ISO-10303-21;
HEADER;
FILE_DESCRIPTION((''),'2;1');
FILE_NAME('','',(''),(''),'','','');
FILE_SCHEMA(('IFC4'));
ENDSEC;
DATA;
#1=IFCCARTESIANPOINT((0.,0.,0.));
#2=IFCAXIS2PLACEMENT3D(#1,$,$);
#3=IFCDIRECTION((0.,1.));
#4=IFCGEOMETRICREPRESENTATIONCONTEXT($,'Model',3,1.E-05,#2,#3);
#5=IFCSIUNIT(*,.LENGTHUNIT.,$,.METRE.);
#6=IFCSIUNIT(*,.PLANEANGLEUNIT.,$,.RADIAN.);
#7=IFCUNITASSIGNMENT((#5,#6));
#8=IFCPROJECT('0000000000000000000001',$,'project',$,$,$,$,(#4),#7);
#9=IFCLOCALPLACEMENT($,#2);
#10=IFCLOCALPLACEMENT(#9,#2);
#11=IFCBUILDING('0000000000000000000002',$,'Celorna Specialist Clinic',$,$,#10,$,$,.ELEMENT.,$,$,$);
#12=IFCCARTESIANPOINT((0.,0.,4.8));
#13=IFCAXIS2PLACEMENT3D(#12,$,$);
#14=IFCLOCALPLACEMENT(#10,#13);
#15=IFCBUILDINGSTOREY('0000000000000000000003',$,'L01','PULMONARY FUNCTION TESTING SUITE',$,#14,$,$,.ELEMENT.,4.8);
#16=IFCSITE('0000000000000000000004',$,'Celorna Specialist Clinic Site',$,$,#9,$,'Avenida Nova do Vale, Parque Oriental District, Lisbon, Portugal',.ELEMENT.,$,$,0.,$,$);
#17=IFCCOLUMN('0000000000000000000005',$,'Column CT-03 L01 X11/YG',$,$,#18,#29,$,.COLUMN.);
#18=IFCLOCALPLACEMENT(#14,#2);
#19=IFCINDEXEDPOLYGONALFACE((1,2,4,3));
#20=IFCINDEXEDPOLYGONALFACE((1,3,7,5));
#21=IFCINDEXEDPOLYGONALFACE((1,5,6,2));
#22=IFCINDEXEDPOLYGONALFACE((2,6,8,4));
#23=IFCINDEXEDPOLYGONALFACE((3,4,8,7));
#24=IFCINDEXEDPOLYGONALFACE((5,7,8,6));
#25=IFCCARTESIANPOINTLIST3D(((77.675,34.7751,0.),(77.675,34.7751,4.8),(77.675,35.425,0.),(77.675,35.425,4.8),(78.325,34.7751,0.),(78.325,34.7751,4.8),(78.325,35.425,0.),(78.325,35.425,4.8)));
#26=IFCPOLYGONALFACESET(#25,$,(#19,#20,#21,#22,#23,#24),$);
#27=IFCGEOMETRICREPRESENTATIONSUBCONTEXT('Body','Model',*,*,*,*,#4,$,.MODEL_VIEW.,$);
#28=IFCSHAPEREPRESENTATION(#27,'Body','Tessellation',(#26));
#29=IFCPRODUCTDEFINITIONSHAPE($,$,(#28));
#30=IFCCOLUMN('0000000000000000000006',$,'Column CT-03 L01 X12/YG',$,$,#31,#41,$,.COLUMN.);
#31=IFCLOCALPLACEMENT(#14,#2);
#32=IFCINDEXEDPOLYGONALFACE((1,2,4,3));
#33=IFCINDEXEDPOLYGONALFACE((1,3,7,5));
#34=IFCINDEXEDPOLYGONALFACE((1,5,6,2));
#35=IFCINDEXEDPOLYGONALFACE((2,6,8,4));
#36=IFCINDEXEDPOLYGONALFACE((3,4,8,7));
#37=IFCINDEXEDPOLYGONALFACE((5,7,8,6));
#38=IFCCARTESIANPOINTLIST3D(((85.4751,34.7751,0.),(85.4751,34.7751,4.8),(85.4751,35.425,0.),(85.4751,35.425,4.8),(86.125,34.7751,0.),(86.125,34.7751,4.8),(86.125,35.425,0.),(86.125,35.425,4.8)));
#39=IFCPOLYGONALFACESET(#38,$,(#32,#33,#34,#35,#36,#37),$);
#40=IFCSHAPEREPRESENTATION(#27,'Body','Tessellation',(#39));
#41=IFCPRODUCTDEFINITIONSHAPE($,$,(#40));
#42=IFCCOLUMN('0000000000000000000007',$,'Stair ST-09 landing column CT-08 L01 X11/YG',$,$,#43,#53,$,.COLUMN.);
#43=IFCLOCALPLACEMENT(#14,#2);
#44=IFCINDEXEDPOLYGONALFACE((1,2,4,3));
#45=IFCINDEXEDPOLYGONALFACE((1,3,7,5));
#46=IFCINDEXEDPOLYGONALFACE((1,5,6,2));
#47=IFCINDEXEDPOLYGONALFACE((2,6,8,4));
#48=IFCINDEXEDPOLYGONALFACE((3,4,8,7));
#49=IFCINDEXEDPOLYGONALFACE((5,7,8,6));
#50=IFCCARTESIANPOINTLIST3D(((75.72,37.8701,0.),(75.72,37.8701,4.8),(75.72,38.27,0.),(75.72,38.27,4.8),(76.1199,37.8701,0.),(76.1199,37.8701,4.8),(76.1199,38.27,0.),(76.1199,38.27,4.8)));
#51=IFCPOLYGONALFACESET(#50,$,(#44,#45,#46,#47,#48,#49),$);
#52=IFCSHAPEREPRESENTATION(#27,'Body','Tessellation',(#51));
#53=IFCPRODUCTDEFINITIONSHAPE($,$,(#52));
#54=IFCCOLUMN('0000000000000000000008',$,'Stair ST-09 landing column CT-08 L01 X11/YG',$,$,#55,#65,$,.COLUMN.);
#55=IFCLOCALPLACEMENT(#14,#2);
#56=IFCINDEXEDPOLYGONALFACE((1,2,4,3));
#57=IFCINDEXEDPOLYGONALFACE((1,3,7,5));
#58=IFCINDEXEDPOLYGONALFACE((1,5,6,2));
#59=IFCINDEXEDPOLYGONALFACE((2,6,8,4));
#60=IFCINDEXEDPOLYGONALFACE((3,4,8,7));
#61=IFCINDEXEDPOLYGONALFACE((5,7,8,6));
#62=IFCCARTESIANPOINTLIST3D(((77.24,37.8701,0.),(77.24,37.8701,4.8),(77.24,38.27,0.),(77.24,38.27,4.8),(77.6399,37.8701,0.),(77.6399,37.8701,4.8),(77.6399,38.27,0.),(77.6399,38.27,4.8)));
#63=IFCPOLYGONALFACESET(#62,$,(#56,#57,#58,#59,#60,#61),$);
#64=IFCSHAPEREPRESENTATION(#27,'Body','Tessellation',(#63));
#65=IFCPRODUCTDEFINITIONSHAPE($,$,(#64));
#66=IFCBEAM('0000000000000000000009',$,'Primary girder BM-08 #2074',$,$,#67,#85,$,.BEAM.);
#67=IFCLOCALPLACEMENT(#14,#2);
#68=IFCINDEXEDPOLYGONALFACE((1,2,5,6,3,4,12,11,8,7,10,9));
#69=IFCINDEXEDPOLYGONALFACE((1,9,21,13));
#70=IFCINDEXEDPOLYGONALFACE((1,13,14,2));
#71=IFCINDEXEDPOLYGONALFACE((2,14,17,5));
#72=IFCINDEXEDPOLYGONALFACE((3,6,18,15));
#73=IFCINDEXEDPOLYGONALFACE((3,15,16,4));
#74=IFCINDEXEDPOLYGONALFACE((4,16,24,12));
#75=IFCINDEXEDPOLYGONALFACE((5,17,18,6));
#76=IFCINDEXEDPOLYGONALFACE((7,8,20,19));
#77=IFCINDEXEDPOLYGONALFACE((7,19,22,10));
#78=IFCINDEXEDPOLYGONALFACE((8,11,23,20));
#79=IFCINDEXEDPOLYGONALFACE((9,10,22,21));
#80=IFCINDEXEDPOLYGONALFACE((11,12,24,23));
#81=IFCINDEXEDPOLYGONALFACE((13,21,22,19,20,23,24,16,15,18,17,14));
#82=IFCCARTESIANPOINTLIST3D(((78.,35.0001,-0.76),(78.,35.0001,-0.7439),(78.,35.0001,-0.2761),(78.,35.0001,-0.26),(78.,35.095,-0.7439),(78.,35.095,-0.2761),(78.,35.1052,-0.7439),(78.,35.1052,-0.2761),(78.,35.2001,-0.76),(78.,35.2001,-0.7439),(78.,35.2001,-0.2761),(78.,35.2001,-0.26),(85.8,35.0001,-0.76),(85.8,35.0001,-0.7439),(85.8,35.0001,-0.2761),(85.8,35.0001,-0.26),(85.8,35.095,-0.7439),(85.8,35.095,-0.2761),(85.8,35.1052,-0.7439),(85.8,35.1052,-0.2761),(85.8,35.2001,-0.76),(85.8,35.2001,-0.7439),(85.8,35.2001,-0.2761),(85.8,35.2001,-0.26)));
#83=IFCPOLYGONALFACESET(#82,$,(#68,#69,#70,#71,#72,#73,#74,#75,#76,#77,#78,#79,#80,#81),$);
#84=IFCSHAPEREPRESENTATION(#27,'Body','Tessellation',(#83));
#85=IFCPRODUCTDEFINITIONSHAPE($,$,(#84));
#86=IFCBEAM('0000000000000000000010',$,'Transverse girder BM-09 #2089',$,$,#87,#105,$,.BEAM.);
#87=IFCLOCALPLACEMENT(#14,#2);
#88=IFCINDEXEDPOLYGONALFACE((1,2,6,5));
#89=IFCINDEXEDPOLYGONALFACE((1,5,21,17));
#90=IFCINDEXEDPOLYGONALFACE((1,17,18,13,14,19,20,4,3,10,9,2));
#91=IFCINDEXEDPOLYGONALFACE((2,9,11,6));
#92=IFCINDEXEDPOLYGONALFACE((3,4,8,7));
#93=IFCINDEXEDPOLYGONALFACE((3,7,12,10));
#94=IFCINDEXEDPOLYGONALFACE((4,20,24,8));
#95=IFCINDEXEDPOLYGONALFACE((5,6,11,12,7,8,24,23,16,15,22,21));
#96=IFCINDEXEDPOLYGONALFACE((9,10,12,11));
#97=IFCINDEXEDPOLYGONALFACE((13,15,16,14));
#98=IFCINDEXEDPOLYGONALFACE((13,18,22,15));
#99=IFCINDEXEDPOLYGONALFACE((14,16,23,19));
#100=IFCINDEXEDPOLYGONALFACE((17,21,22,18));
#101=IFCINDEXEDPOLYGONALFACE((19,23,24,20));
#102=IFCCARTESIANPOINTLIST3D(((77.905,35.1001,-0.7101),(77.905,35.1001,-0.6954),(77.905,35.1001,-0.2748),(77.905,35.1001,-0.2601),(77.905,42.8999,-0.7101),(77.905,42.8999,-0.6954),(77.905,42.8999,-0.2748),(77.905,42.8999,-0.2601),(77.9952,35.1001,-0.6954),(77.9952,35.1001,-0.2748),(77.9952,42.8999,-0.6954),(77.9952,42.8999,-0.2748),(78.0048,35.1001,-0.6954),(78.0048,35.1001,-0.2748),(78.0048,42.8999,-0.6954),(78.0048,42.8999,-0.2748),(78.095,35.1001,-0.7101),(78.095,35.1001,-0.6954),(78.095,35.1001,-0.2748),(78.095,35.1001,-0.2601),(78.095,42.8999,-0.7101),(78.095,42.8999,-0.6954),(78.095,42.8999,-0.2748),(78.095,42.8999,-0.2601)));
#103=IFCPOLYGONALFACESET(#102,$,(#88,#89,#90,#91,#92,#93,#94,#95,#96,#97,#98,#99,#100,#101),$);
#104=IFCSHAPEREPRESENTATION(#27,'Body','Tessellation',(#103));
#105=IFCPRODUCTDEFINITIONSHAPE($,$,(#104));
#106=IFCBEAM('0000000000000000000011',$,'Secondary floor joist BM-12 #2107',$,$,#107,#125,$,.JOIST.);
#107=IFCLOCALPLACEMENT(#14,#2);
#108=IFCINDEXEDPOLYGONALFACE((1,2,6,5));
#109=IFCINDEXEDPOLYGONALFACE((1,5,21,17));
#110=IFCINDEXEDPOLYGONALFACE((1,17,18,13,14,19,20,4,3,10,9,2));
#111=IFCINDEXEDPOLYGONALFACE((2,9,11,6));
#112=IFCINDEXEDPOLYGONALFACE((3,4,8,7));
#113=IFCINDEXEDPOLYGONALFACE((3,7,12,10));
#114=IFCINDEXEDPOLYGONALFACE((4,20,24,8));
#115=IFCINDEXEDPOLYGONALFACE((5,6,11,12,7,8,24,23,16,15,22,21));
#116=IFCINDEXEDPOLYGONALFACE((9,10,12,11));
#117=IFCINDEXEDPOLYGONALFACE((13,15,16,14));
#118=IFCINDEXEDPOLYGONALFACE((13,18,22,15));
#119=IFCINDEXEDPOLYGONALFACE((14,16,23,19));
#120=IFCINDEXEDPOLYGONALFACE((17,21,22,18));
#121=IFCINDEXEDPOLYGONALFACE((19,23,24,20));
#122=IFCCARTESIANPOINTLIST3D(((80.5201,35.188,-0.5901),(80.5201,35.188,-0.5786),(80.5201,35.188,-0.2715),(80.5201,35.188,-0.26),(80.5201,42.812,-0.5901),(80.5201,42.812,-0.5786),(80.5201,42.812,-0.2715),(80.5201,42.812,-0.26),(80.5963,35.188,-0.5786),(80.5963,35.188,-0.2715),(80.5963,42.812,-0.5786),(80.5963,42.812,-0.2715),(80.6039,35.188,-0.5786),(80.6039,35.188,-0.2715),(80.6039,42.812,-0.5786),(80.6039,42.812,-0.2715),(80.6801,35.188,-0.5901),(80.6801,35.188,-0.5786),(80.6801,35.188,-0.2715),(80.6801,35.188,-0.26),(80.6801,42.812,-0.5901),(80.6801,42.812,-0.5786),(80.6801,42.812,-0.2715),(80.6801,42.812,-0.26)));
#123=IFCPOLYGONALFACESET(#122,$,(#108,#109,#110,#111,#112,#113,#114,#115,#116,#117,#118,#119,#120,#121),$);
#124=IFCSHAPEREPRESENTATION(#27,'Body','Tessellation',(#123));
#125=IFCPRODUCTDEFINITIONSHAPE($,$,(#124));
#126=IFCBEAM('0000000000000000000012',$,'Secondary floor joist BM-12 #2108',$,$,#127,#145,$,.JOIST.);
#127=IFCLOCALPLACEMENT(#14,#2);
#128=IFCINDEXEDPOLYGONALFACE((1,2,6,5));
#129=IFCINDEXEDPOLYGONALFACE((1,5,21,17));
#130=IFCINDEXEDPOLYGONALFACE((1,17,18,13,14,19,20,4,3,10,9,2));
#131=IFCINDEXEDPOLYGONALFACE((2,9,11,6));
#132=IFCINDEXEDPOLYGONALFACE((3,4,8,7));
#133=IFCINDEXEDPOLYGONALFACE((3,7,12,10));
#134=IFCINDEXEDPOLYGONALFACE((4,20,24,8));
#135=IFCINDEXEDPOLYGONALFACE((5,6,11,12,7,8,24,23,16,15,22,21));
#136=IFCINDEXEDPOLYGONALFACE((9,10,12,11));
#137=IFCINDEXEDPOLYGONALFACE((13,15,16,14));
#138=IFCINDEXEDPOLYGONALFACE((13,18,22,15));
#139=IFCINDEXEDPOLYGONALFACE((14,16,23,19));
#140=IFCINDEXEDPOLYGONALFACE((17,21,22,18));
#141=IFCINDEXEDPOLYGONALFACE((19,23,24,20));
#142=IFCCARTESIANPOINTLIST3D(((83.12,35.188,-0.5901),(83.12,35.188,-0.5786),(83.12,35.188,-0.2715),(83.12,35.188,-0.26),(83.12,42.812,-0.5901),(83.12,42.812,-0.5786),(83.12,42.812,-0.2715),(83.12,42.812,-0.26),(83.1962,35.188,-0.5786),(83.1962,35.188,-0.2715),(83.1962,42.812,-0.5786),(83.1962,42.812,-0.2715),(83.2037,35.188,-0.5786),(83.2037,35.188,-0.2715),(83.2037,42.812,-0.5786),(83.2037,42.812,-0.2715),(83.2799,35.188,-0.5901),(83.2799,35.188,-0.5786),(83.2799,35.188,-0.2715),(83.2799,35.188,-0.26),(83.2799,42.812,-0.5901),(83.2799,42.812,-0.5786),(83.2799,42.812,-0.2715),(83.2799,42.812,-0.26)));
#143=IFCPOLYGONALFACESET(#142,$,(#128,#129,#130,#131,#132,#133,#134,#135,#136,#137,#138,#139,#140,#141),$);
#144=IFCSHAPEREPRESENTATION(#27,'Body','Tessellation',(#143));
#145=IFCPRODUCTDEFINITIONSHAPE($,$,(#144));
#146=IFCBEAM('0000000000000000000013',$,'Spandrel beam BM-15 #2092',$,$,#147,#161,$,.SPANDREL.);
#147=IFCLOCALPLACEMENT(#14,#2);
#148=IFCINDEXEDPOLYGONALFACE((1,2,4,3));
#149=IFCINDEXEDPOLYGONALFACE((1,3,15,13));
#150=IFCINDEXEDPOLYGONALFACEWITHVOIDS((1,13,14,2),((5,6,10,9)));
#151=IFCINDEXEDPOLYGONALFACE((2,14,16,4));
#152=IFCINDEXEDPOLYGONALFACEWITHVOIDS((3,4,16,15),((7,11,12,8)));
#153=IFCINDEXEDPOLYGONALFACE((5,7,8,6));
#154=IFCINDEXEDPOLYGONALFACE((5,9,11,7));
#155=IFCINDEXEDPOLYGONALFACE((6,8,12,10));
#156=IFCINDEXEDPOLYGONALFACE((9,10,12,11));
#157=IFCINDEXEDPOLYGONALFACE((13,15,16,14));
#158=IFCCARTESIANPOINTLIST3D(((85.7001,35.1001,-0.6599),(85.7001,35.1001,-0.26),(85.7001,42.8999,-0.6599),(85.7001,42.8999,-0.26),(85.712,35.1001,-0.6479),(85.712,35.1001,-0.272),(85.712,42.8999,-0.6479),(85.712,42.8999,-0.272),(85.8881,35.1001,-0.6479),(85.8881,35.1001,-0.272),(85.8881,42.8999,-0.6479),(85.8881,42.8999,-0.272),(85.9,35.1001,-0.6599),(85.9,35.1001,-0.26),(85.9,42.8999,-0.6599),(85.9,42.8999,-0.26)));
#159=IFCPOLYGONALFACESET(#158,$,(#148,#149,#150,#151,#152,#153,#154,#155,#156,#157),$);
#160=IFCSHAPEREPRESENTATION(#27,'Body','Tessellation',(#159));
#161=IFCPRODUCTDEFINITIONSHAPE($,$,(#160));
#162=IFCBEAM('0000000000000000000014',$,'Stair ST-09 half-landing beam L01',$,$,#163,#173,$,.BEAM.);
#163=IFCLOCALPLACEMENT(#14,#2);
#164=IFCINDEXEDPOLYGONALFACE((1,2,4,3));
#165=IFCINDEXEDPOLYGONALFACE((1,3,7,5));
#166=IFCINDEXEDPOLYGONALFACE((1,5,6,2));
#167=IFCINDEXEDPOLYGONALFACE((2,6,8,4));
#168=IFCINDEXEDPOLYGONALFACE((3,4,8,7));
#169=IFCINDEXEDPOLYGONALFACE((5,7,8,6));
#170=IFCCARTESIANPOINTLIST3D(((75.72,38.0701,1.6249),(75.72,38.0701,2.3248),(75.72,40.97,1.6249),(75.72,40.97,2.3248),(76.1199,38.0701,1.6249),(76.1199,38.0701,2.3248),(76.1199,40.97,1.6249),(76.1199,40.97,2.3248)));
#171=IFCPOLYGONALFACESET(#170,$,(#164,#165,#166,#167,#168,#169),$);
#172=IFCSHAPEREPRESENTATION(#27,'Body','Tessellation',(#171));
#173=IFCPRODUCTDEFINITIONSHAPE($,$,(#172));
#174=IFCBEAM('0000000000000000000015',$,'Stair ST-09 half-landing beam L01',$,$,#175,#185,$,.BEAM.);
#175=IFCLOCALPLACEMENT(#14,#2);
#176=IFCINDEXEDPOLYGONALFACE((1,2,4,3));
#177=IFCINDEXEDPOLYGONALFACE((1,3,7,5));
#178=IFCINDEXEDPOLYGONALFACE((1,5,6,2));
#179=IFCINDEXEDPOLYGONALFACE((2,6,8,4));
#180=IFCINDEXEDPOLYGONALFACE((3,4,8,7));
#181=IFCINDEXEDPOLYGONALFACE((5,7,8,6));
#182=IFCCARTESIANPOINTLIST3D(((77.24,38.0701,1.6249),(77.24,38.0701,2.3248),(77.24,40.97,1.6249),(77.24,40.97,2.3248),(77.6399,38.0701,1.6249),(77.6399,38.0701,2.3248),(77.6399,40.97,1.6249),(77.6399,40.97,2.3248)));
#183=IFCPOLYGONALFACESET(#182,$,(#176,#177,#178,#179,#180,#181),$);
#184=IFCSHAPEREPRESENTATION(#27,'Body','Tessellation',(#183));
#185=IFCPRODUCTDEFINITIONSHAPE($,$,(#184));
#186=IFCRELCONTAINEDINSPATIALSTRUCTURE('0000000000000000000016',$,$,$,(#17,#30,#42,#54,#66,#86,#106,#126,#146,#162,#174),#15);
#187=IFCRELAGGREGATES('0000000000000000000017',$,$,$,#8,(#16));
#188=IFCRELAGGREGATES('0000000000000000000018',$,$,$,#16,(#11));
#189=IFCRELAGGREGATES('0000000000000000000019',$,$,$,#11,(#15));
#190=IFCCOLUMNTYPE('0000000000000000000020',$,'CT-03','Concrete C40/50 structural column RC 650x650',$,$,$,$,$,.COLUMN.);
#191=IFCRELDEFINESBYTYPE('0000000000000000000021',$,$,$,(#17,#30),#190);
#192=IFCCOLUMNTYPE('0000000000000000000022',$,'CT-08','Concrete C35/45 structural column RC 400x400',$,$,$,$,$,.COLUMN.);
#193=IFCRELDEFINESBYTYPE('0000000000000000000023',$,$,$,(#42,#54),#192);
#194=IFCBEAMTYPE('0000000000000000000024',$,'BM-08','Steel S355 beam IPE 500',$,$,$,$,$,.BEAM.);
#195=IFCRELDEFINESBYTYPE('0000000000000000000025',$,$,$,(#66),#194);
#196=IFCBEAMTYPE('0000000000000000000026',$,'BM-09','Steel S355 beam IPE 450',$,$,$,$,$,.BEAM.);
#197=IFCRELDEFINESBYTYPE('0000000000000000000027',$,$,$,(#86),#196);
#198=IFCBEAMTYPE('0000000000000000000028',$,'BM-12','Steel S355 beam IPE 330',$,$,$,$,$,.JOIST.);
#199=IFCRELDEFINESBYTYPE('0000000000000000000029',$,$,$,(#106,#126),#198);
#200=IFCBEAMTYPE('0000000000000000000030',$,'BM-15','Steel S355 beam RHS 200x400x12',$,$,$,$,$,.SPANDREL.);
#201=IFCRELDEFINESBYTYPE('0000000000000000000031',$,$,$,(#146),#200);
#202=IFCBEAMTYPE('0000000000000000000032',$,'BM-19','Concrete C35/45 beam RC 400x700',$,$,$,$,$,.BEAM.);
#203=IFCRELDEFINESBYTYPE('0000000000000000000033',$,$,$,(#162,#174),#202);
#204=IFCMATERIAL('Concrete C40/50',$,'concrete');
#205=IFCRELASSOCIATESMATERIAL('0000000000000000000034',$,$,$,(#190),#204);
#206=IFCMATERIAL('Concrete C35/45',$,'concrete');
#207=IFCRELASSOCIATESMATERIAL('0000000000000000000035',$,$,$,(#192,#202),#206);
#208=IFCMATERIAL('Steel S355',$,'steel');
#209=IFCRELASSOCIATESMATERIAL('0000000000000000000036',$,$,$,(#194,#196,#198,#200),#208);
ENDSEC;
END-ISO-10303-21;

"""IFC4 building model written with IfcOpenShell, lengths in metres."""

from ifc_helpers import new_model, si_unit, direction, frame, origin, origin_2d, place, context, subcontext, project, spatial, rectangle, hollow_rectangle, i_section, extrude, material, material_profile, profile_set, type_object, element, save


model = new_model("IFC4")

# Units and contexts
model_context = context("Model", 3, precision=1e-05, world=origin(), true_north=direction((0.0, 1.0)))
body_context = subcontext(model_context, "Body", "Model", "MODEL_VIEW")
ifc_project = project(units=[si_unit("LENGTHUNIT", "METRE"), si_unit("PLANEANGLEUNIT", "RADIAN")], contexts=[model_context])

# Site, building, storey
site_placement = place(None, origin())
site = spatial("IfcSite", under=ifc_project, at=site_placement, Name="Celorna Specialist Clinic Site", LongName="Avenida Nova do Vale, Parque Oriental District, Lisbon, Portugal", CompositionType="ELEMENT", RefElevation=0.0)
building_placement = place(site_placement, origin())
building = spatial("IfcBuilding", under=site, at=building_placement, Name="Celorna Specialist Clinic", CompositionType="ELEMENT")
storey_placement = place(building_placement, frame((0.0, 0.0, 4.8)))
storey = spatial("IfcBuildingStorey", under=building, at=storey_placement, Name="L01", Description="PULMONARY FUNCTION TESTING SUITE", CompositionType="ELEMENT", Elevation=4.8)

# Columns
ifc_material_1 = material(Name="Concrete C40/50", Category="concrete")
ifc_material_profile_1 = material_profile(ifc_material_1, rectangle(XDim=0.6499, YDim=0.6499, at=origin_2d()), Name="RC 650x650")
ifc_profile_set_1 = profile_set([ifc_material_profile_1], Name="Concrete C40/50")
column_type_1 = type_object("IfcColumnType", Name="CT-03", Description="Concrete C40/50 structural column RC 650x650", PredefinedType="COLUMN", material=ifc_profile_set_1)
for number, where, z_axis, x_axis, name in (
    (1, (78.0, 35.1001, 0.0), (0.0, 0.0, 1.0), (1.0, 0.0, 0.0), "Column CT-03 L01 X11/YG"),
    (2, (85.8, 35.1001, 0.0), (0.0, 0.0, 1.0), (1.0, 0.0, 0.0), "Column CT-03 L01 X12/YG"),
):
    element("IfcColumn", number, at=place(storey_placement, frame(where, z_axis=z_axis, x_axis=x_axis)), inside=storey, type_object=column_type_1, Name=name, PredefinedType="COLUMN", context=body_context, shape_type="SweptSolid", body=[
        extrude(rectangle(XDim=0.6499, YDim=0.6499, at=origin_2d()), origin(), (0.0, 0.0, 1.0), 4.8),
    ])
ifc_material_2 = material(Name="Concrete C35/45", Category="concrete")
ifc_material_profile_2 = material_profile(ifc_material_2, rectangle(XDim=0.3999, YDim=0.3999, at=origin_2d()), Name="RC 400x400")
ifc_profile_set_2 = profile_set([ifc_material_profile_2], Name="Concrete C35/45")
column_type_2 = type_object("IfcColumnType", Name="CT-08", Description="Concrete C35/45 structural column RC 400x400", PredefinedType="COLUMN", material=ifc_profile_set_2)
for number, where, z_axis, x_axis, name in (
    (3, (75.9199, 38.0701, 0.0), (0.0, 0.0, 1.0), (1.0, 0.0, 0.0), "Stair ST-09 landing column CT-08 L01 X11/YG"),
    (4, (77.4399, 38.0701, 0.0), (0.0, 0.0, 1.0), (1.0, 0.0, 0.0), "Stair ST-09 landing column CT-08 L01 X11/YG"),
):
    element("IfcColumn", number, at=place(storey_placement, frame(where, z_axis=z_axis, x_axis=x_axis)), inside=storey, type_object=column_type_2, Name=name, PredefinedType="COLUMN", context=body_context, shape_type="SweptSolid", body=[
        extrude(rectangle(XDim=0.3999, YDim=0.3999, at=origin_2d()), origin(), (0.0, 0.0, 1.0), 4.8),
    ])

# Beams
ifc_material_3 = material(Name="Steel S355", Category="steel")
ifc_material_profile_3 = material_profile(ifc_material_3, i_section(OverallWidth=0.2, OverallDepth=0.5, WebThickness=0.0103, FlangeThickness=0.0161, at=origin_2d()), Name="IPE 500")
ifc_profile_set_3 = profile_set([ifc_material_profile_3], Name="Steel S355")
beam_type_1 = type_object("IfcBeamType", Name="BM-08", Description="Steel S355 beam IPE 500", PredefinedType="BEAM", material=ifc_profile_set_3)
beam_1_placement = place(storey_placement, frame((78.0, 35.1001, -0.51), z_axis=(1.0, 0.0, 0.0), x_axis=(0.0, 1.0, 0.0)))
element("IfcBeam", 5, at=beam_1_placement, inside=storey, type_object=beam_type_1, Name="Primary girder BM-08 #2074", PredefinedType="BEAM", context=body_context, shape_type="SweptSolid", body=[
    extrude(i_section(OverallWidth=0.2, OverallDepth=0.5, WebThickness=0.0103, FlangeThickness=0.0161, at=origin_2d()), origin(), (0.0, 0.0, 1.0), 7.8),
])
ifc_material_profile_4 = material_profile(ifc_material_3, i_section(OverallWidth=0.1899, OverallDepth=0.45, WebThickness=0.0095, FlangeThickness=0.0146, at=origin_2d()), Name="IPE 450")
ifc_profile_set_4 = profile_set([ifc_material_profile_4], Name="Steel S355")
beam_type_2 = type_object("IfcBeamType", Name="BM-09", Description="Steel S355 beam IPE 450", PredefinedType="BEAM", material=ifc_profile_set_4)
beam_2_placement = place(storey_placement, frame((78.0, 35.1001, -0.4851), z_axis=(0.0, 1.0, 0.0), x_axis=(-1.0, 0.0, 0.0)))
element("IfcBeam", 6, at=beam_2_placement, inside=storey, type_object=beam_type_2, Name="Transverse girder BM-09 #2089", PredefinedType="BEAM", context=body_context, shape_type="SweptSolid", body=[
    extrude(i_section(OverallWidth=0.1899, OverallDepth=0.45, WebThickness=0.0095, FlangeThickness=0.0146, at=origin_2d()), origin(), (0.0, 0.0, 1.0), 7.7998),
])
ifc_material_profile_5 = material_profile(ifc_material_3, i_section(OverallWidth=0.1599, OverallDepth=0.3301, WebThickness=0.0076, FlangeThickness=0.0115, at=origin_2d()), Name="IPE 330")
ifc_profile_set_5 = profile_set([ifc_material_profile_5], Name="Steel S355")
beam_type_3 = type_object("IfcBeamType", Name="BM-12", Description="Steel S355 beam IPE 330", PredefinedType="JOIST", material=ifc_profile_set_5)
for number, where, z_axis, x_axis, name in (
    (7, (80.6001, 35.188, -0.425), (0.0, 1.0, 0.0), (-1.0, 0.0, 0.0), "Secondary floor joist BM-12 #2107"),
    (8, (83.2, 35.188, -0.425), (0.0, 1.0, 0.0), (-1.0, 0.0, 0.0), "Secondary floor joist BM-12 #2108"),
):
    element("IfcBeam", number, at=place(storey_placement, frame(where, z_axis=z_axis, x_axis=x_axis)), inside=storey, type_object=beam_type_3, Name=name, PredefinedType="JOIST", context=body_context, shape_type="SweptSolid", body=[
        extrude(i_section(OverallWidth=0.1599, OverallDepth=0.3301, WebThickness=0.0076, FlangeThickness=0.0115, at=origin_2d()), origin(), (0.0, 0.0, 1.0), 7.624),
    ])
ifc_material_profile_6 = material_profile(ifc_material_3, hollow_rectangle(XDim=0.2, YDim=0.3999, WallThickness=0.012, at=origin_2d()), Name="RHS 200x400x12")
ifc_profile_set_6 = profile_set([ifc_material_profile_6], Name="Steel S355")
beam_type_4 = type_object("IfcBeamType", Name="BM-15", Description="Steel S355 beam RHS 200x400x12", PredefinedType="SPANDREL", material=ifc_profile_set_6)
beam_3_placement = place(storey_placement, frame((85.8, 35.1001, -0.46), z_axis=(0.0, 1.0, 0.0), x_axis=(-1.0, 0.0, 0.0)))
element("IfcBeam", 9, at=beam_3_placement, inside=storey, type_object=beam_type_4, Name="Spandrel beam BM-15 #2092", PredefinedType="SPANDREL", context=body_context, shape_type="SweptSolid", body=[
    extrude(hollow_rectangle(XDim=0.2, YDim=0.3999, WallThickness=0.012, at=origin_2d()), origin(), (0.0, 0.0, 1.0), 7.7998),
])
ifc_material_profile_7 = material_profile(ifc_material_2, rectangle(XDim=0.3999, YDim=0.7, at=origin_2d()), Name="RC 400x700")
ifc_profile_set_7 = profile_set([ifc_material_profile_7], Name="Concrete C35/45")
beam_type_5 = type_object("IfcBeamType", Name="BM-19", Description="Concrete C35/45 beam RC 400x700", PredefinedType="BEAM", material=ifc_profile_set_7)
for number, where, z_axis, x_axis, name in (
    (10, (75.9199, 38.0701, 1.9749), (0.0, 1.0, 0.0), (-1.0, 0.0, 0.0), "Stair ST-09 half-landing beam L01"),
    (11, (77.4399, 38.0701, 1.9749), (0.0, 1.0, 0.0), (-1.0, 0.0, 0.0), "Stair ST-09 half-landing beam L01"),
):
    element("IfcBeam", number, at=place(storey_placement, frame(where, z_axis=z_axis, x_axis=x_axis)), inside=storey, type_object=beam_type_5, Name=name, PredefinedType="BEAM", context=body_context, shape_type="SweptSolid", body=[
        extrude(rectangle(XDim=0.3999, YDim=0.7, at=origin_2d()), origin(), (0.0, 0.0, 1.0), 2.8999),
    ])

save(model, "model.ifc")
